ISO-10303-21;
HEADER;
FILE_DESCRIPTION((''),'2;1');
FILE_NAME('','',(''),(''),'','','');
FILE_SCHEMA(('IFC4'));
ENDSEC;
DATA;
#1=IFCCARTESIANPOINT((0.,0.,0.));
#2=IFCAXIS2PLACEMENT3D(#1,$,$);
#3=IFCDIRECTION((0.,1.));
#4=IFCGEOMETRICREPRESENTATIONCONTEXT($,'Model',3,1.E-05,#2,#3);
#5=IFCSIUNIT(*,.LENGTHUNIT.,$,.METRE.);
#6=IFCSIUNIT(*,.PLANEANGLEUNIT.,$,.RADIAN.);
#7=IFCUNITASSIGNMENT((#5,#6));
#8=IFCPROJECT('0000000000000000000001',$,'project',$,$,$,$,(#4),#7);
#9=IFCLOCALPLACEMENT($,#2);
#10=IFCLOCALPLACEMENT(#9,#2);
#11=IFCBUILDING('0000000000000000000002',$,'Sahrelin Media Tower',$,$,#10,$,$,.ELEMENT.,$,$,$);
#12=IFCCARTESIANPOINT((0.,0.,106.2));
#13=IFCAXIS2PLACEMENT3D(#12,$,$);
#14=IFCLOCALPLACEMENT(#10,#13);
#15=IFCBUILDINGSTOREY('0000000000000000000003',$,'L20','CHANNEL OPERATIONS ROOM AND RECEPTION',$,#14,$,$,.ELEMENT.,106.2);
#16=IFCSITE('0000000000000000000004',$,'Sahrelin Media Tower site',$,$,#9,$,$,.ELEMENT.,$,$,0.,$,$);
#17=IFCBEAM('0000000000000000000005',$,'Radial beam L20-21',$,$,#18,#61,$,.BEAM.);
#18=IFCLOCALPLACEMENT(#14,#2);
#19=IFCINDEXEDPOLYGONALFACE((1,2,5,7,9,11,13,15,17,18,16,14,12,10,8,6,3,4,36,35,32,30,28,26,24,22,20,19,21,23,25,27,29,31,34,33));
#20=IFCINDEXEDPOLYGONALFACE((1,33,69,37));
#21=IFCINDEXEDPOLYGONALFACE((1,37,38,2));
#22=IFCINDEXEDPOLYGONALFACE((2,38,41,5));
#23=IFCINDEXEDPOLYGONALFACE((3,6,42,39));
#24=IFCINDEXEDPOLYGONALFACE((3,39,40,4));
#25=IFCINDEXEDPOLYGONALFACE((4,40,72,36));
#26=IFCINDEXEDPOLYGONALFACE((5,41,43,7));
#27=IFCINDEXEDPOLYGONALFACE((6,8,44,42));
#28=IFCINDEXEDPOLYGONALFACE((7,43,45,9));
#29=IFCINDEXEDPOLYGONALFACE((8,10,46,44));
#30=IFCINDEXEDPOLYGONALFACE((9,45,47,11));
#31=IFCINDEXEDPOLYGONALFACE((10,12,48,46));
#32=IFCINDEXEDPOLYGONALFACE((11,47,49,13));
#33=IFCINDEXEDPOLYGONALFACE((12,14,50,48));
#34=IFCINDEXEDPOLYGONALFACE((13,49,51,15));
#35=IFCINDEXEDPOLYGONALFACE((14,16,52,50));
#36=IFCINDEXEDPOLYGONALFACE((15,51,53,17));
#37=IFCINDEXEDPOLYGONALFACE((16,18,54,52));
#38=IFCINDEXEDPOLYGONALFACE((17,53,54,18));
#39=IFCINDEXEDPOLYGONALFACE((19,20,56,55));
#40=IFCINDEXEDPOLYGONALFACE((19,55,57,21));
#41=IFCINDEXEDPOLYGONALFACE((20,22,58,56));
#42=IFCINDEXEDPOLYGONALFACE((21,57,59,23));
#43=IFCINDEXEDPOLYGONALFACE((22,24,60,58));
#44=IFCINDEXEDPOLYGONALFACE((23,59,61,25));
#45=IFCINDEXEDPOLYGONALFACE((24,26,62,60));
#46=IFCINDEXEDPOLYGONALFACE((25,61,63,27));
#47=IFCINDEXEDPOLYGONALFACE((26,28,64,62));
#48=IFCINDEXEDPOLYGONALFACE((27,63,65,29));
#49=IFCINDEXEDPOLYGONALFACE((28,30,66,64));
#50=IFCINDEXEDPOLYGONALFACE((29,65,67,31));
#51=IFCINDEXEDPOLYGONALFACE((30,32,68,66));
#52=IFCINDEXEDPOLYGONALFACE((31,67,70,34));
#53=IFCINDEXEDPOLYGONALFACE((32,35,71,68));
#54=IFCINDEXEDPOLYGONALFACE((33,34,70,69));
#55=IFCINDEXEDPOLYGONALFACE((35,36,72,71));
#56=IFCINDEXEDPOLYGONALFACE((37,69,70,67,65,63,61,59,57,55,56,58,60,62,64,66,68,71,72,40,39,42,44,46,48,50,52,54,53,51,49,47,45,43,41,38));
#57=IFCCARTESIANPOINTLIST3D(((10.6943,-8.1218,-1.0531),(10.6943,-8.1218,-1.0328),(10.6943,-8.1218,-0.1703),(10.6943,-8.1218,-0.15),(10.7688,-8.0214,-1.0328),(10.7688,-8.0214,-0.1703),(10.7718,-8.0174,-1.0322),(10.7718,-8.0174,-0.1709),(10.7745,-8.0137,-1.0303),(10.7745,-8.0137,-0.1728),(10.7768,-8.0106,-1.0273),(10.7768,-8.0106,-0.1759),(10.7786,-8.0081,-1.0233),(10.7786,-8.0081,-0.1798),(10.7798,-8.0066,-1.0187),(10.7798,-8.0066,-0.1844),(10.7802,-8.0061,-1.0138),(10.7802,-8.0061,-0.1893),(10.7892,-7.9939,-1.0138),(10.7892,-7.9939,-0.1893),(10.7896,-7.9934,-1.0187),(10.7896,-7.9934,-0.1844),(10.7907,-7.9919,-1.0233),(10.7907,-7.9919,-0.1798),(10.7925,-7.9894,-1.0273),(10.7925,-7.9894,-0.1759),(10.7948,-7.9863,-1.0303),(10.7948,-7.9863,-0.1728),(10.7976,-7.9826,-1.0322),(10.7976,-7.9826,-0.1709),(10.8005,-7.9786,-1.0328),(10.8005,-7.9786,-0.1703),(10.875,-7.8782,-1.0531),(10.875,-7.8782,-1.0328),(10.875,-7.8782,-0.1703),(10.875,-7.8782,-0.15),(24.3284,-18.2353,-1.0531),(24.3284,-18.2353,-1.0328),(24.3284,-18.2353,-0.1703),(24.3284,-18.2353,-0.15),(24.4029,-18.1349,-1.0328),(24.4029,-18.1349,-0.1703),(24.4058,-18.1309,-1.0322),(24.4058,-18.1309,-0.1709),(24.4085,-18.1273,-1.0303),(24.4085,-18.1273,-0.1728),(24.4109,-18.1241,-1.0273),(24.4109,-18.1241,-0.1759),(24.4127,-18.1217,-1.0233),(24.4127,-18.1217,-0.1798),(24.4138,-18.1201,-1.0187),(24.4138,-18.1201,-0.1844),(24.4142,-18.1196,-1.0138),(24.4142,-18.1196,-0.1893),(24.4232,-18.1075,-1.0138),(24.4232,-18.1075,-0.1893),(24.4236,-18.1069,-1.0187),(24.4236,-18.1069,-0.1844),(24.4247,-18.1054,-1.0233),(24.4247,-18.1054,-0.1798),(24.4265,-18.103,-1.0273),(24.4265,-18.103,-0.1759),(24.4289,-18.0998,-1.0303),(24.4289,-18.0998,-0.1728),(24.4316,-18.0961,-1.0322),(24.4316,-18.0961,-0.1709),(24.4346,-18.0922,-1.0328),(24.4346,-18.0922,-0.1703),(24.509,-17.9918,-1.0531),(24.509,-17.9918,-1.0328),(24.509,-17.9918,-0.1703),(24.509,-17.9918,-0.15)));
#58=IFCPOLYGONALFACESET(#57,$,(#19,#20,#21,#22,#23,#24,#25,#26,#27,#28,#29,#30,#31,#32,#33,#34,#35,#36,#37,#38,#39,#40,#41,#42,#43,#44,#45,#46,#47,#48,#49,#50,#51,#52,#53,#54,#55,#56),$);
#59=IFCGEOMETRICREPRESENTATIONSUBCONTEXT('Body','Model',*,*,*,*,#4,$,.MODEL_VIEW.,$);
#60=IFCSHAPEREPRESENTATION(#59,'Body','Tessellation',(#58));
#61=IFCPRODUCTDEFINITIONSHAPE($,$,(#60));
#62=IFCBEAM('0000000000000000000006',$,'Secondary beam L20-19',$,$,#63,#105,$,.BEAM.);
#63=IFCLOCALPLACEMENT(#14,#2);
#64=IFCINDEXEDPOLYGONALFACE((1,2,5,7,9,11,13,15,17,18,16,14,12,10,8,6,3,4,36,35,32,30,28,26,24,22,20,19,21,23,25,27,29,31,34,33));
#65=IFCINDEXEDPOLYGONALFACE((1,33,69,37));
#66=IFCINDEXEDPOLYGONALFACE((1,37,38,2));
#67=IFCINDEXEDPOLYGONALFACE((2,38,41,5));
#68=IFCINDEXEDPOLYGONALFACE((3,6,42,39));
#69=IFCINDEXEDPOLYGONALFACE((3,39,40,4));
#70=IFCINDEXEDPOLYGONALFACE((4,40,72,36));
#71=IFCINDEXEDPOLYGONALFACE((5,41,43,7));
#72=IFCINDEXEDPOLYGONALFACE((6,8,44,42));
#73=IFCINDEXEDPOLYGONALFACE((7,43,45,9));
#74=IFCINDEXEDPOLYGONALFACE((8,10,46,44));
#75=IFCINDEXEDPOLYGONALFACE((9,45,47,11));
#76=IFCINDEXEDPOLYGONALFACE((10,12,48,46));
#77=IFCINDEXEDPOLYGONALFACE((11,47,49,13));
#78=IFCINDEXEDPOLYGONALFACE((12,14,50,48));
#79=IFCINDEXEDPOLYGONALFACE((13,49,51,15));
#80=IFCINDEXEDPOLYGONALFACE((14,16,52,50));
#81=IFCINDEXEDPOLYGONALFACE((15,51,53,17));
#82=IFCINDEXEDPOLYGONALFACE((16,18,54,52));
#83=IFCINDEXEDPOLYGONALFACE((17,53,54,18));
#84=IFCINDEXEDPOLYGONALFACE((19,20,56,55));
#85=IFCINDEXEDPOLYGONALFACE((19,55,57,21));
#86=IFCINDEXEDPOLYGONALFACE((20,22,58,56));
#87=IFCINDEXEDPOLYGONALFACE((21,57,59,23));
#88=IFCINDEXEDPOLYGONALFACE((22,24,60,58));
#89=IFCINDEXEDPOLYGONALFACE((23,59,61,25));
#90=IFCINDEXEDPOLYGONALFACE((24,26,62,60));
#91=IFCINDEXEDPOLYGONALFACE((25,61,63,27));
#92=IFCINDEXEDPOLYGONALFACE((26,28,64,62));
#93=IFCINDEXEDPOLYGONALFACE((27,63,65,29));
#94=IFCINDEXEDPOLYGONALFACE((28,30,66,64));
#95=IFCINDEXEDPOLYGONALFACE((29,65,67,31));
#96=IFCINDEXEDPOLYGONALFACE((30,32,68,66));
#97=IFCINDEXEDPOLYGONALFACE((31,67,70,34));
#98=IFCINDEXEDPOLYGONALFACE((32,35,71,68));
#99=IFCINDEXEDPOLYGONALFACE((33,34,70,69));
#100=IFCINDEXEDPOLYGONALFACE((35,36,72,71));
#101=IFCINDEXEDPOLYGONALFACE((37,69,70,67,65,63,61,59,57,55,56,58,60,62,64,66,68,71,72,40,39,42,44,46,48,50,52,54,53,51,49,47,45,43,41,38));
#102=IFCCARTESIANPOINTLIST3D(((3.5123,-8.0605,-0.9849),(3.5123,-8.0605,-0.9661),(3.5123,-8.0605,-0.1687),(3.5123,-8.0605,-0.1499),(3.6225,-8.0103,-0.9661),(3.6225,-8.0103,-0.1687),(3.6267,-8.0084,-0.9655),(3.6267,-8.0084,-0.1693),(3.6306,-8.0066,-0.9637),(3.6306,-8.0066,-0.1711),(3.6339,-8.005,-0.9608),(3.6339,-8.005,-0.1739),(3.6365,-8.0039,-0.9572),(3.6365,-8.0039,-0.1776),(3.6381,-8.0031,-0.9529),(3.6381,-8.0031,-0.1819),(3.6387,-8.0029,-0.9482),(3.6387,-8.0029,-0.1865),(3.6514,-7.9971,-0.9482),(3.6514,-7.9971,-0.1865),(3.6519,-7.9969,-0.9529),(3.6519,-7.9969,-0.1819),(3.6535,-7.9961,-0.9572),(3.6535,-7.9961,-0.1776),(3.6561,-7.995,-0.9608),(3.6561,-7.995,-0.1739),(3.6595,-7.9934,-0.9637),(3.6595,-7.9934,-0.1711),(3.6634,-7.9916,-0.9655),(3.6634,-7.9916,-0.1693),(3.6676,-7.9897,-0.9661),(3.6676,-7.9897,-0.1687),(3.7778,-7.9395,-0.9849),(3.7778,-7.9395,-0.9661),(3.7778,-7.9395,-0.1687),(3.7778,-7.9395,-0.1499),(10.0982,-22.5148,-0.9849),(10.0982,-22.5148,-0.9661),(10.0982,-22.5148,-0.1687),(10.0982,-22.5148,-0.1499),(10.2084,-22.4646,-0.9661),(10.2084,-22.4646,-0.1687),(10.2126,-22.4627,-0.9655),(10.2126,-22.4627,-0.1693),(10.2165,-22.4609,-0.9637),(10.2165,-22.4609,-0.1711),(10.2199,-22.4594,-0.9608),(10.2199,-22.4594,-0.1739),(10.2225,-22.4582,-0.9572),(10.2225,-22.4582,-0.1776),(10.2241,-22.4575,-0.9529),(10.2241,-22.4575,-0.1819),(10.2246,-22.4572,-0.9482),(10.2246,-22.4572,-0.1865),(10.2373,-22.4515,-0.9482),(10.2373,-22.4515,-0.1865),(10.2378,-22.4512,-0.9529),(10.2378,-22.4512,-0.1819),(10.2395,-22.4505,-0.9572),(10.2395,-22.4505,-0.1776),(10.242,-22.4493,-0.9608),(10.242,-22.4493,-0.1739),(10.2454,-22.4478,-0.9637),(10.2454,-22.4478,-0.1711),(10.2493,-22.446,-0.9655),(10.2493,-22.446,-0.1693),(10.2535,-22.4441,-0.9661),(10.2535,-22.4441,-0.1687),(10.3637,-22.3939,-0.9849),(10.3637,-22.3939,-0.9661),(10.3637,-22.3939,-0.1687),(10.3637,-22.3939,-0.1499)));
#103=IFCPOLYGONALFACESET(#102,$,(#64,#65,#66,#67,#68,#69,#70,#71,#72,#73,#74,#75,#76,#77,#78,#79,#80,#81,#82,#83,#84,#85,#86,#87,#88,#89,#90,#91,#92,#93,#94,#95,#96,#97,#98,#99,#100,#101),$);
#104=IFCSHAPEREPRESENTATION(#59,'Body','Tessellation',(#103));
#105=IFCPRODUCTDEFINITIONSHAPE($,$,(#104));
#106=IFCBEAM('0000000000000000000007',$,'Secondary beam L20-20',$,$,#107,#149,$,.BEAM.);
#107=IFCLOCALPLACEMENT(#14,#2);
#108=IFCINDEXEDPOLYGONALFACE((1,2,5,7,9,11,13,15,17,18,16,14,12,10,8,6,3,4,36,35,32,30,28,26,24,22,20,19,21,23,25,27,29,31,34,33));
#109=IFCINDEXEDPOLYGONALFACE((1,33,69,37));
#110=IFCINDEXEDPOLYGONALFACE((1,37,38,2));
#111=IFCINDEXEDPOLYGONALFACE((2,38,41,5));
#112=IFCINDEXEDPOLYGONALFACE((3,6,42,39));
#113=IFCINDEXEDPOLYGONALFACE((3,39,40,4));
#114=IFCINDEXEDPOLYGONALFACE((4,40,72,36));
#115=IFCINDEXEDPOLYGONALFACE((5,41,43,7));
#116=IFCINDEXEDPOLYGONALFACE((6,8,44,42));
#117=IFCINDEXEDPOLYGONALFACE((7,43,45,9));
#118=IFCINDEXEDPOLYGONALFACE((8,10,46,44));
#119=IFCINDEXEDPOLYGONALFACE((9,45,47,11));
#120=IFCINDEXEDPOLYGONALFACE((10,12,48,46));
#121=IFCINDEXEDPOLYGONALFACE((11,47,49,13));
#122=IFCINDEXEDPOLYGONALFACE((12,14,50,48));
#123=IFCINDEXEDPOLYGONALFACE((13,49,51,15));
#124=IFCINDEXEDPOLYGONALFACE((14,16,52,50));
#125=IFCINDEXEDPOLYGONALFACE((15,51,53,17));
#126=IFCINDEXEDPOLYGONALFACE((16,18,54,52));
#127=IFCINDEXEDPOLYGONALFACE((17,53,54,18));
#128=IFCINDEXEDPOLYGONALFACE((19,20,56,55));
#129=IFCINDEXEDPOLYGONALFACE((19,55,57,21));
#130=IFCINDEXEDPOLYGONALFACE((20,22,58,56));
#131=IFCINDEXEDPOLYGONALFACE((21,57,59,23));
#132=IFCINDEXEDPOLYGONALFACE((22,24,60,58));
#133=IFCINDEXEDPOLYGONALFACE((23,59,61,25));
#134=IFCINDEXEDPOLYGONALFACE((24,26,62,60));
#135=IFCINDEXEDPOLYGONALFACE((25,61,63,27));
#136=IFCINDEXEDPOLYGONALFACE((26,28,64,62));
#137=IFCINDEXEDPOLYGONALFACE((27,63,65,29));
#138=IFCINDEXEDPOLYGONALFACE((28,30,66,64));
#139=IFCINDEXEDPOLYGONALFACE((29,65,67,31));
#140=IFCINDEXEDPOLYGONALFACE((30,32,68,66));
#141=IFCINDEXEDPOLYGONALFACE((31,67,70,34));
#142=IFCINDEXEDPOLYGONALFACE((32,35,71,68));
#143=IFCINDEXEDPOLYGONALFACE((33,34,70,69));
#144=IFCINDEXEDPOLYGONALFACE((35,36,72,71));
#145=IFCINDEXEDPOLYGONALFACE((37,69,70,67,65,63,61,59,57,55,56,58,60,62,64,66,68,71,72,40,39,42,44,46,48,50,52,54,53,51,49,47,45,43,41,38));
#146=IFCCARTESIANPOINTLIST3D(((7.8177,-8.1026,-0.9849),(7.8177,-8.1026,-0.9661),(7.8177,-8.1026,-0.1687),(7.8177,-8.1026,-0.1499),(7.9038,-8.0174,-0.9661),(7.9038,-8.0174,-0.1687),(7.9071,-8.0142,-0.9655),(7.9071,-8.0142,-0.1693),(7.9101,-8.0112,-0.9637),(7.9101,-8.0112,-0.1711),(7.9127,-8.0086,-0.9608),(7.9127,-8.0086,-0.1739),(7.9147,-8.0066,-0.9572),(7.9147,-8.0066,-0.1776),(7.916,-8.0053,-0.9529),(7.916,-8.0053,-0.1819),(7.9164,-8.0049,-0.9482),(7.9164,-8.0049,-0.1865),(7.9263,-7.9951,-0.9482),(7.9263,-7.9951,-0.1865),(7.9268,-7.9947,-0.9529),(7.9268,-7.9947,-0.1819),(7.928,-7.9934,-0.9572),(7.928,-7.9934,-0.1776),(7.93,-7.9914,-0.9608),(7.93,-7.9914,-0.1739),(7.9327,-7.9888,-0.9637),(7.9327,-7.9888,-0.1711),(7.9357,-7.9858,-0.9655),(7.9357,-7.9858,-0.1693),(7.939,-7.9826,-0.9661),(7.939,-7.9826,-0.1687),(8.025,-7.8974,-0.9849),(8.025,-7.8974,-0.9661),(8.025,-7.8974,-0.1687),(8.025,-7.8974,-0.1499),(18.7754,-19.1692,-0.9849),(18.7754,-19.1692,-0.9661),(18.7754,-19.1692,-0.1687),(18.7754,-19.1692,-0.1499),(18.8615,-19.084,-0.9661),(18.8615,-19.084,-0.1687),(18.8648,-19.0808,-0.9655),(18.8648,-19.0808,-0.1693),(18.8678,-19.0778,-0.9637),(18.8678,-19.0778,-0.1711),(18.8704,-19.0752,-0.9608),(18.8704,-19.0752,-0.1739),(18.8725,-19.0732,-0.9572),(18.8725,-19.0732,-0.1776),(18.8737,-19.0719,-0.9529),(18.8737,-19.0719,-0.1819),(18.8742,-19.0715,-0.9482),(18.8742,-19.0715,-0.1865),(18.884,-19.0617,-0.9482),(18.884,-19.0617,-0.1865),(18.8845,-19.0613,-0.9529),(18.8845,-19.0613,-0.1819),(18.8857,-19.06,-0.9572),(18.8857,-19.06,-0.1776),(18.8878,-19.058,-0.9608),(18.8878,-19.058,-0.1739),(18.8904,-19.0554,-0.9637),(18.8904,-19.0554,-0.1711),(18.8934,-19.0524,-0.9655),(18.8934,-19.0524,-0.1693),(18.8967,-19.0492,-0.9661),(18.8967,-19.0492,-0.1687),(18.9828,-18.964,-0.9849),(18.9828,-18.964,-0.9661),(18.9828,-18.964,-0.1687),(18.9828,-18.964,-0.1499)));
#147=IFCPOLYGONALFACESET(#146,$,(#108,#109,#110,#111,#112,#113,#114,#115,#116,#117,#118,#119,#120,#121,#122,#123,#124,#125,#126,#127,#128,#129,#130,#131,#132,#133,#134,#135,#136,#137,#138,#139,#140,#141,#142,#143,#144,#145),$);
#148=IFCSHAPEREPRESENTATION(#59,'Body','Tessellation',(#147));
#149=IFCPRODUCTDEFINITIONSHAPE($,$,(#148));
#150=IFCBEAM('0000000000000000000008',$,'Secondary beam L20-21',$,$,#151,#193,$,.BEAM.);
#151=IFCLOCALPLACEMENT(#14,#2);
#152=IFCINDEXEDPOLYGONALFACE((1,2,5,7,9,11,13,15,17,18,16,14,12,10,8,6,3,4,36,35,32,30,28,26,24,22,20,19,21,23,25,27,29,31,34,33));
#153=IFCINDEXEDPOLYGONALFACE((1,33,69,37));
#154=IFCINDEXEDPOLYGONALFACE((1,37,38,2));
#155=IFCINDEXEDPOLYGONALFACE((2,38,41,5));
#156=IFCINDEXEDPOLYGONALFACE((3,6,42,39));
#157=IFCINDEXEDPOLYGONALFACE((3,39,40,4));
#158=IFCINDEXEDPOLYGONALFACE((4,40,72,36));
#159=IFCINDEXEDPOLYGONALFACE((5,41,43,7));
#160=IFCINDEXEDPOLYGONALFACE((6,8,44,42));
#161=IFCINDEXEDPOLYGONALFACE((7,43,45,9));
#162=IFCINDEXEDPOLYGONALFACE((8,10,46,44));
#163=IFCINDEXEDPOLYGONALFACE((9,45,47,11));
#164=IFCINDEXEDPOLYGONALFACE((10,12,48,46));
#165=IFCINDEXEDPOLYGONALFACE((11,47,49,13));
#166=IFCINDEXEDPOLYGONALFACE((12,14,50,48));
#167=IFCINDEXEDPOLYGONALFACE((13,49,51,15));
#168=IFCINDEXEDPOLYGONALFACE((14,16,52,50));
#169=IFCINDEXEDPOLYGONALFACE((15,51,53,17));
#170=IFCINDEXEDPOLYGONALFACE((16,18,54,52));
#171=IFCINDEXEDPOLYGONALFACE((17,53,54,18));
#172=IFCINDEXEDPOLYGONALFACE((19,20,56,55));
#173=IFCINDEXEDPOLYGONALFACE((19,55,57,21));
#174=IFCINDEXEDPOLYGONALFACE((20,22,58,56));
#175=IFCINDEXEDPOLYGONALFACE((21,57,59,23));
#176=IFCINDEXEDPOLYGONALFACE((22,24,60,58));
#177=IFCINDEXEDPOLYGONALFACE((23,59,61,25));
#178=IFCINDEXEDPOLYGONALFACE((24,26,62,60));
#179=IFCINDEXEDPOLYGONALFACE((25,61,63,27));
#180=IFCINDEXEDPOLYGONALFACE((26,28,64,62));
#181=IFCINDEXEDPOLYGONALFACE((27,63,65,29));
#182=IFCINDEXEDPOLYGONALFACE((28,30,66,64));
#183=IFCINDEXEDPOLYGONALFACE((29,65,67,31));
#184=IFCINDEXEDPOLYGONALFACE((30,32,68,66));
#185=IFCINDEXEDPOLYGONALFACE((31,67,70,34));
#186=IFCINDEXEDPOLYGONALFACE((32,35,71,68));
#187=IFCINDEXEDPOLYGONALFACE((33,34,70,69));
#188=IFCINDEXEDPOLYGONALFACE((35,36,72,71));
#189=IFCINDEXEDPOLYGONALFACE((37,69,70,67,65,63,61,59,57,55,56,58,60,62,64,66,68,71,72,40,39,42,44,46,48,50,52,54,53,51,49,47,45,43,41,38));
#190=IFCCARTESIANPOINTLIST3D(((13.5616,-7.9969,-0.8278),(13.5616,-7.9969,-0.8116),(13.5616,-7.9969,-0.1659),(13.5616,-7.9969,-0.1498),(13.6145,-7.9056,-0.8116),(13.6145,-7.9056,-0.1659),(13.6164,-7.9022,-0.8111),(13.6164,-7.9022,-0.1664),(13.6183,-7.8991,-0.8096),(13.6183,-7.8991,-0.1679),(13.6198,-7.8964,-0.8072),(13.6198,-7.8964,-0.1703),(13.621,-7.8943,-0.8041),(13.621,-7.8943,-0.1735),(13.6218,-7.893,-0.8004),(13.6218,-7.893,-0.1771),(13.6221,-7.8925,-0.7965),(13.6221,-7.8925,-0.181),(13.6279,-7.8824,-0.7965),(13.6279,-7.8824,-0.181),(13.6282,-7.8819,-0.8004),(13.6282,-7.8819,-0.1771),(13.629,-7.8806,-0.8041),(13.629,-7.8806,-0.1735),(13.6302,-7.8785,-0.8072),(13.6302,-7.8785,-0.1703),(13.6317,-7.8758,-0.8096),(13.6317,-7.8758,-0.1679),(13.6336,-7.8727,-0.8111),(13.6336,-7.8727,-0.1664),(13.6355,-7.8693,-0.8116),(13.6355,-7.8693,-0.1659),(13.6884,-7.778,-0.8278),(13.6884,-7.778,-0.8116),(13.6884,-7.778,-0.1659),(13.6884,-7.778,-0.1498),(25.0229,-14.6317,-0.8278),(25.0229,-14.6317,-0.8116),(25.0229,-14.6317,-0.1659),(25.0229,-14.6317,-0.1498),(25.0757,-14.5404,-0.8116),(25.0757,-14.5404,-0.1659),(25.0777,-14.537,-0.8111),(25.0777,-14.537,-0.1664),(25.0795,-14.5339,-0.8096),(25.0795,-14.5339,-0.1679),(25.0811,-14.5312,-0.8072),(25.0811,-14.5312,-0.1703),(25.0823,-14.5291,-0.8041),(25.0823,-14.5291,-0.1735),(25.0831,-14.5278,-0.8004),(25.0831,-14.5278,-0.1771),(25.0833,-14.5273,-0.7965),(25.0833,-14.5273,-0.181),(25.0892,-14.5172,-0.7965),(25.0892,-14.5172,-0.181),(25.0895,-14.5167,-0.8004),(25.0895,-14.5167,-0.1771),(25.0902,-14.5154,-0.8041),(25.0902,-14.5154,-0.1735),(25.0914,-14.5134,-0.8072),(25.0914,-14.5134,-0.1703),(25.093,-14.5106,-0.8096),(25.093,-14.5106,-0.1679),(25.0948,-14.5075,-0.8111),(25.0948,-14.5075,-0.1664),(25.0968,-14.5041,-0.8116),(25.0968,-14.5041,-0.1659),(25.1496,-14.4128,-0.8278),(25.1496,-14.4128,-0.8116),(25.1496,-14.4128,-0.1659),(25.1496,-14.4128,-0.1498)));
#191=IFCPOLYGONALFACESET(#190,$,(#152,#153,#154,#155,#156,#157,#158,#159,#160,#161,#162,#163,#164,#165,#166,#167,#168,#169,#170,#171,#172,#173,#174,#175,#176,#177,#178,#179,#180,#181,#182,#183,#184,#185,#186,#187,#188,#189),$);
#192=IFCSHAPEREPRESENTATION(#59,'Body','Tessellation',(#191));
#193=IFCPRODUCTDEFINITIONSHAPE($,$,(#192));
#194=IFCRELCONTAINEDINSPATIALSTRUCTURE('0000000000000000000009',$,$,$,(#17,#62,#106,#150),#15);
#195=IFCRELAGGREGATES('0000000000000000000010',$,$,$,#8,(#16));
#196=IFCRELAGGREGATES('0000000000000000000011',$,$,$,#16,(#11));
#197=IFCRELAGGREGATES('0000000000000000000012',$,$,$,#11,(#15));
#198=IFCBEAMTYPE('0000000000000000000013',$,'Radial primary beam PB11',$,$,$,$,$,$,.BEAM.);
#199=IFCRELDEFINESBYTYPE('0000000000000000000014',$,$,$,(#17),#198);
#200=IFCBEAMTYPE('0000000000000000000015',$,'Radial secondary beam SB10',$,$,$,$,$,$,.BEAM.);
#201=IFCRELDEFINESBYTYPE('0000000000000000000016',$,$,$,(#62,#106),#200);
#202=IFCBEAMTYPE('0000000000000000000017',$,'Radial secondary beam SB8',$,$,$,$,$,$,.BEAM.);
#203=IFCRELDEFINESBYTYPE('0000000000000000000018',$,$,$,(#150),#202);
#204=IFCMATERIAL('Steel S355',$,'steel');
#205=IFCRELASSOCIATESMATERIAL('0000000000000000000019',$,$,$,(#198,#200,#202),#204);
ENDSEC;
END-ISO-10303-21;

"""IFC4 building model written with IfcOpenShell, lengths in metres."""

from ifc_helpers import new_model, si_unit, direction, frame, origin, origin_2d, place, context, subcontext, project, spatial, i_section, extrude, material, material_profile, profile_set, type_object, element, save


model = new_model("IFC4")

# Units and contexts
model_context = context("Model", 3, precision=1e-05, world=origin(), true_north=direction((0.0, 1.0)))
body_context = subcontext(model_context, "Body", "Model", "MODEL_VIEW")
ifc_project = project(units=[si_unit("LENGTHUNIT", "METRE"), si_unit("PLANEANGLEUNIT", "RADIAN")], contexts=[model_context])

# Site, building, storey
site_placement = place(None, origin())
site = spatial("IfcSite", under=ifc_project, at=site_placement, Name="Sahrelin Media Tower site", CompositionType="ELEMENT", RefElevation=0.0)
building_placement = place(site_placement, origin())
building = spatial("IfcBuilding", under=site, at=building_placement, Name="Sahrelin Media Tower", CompositionType="ELEMENT")
storey_placement = place(building_placement, frame((0.0, 0.0, 106.2)))
storey = spatial("IfcBuildingStorey", under=building, at=storey_placement, Name="L20", Description="CHANNEL OPERATIONS ROOM AND RECEPTION", CompositionType="ELEMENT", Elevation=106.2)

# Shared definitions
ifc_material_1 = material(Name="Steel S355", Category="steel")

# Beams
ifc_material_profile_1 = material_profile(ifc_material_1, i_section(OverallWidth=0.3032, OverallDepth=0.9031, WebThickness=0.0151, FlangeThickness=0.0203, FilletRadius=0.019, at=origin_2d()), Name="UB 914x305x201")
ifc_profile_set_1 = profile_set([ifc_material_profile_1], Name="Steel S355")
beam_type_1 = type_object("IfcBeamType", Name="Radial primary beam PB11", PredefinedType="BEAM", material=ifc_profile_set_1)
beam_1_placement = place(storey_placement, frame((10.7847, -8.0, -0.6016), z_axis=(0.803156, -0.595769, 0.0), x_axis=(0.595769, 0.803156, 0.0)))
element("IfcBeam", 1, at=beam_1_placement, inside=storey, type_object=beam_type_1, Name="Radial beam L20-21", PredefinedType="BEAM", context=body_context, shape_type="SweptSolid", body=[
    extrude(i_section(OverallWidth=0.3032, OverallDepth=0.9031, WebThickness=0.0151, FlangeThickness=0.0203, FilletRadius=0.019, at=origin_2d()), origin(), (0.0, 0.0, 1.0), 16.9756),
])
ifc_material_profile_2 = material_profile(ifc_material_1, i_section(OverallWidth=0.2917, OverallDepth=0.835, WebThickness=0.0139, FlangeThickness=0.0188, FilletRadius=0.0178, at=origin_2d()), Name="UB 838x292x176")
ifc_profile_set_2 = profile_set([ifc_material_profile_2], Name="Steel S355")
beam_type_2 = type_object("IfcBeamType", Name="Radial secondary beam SB10", PredefinedType="BEAM", material=ifc_profile_set_2)
beam_2_placement = place(storey_placement, frame((3.645, -8.0, -0.5674), z_axis=(0.414626, -0.909992, 0.0), x_axis=(0.909992, 0.414626, 0.0)))
element("IfcBeam", 2, at=beam_2_placement, inside=storey, type_object=beam_type_2, Name="Secondary beam L20-19", PredefinedType="BEAM", context=body_context, shape_type="SweptSolid", body=[
    extrude(i_section(OverallWidth=0.2917, OverallDepth=0.835, WebThickness=0.0139, FlangeThickness=0.0188, FilletRadius=0.0178, at=origin_2d()), origin(), (0.0, 0.0, 1.0), 15.884),
])
beam_3_placement = place(storey_placement, frame((7.9214, -8.0, -0.5674), z_axis=(0.703602, -0.710594, 0.0), x_axis=(0.710594, 0.703602, 0.0)))
element("IfcBeam", 3, at=beam_3_placement, inside=storey, type_object=beam_type_2, Name="Secondary beam L20-20", PredefinedType="BEAM", context=body_context, shape_type="SweptSolid", body=[
    extrude(i_section(OverallWidth=0.2917, OverallDepth=0.835, WebThickness=0.0139, FlangeThickness=0.0188, FilletRadius=0.0178, at=origin_2d()), origin(), (0.0, 0.0, 1.0), 15.5737),
])
ifc_material_profile_3 = material_profile(ifc_material_1, i_section(OverallWidth=0.2529, OverallDepth=0.678, WebThickness=0.0117, FlangeThickness=0.0161, FilletRadius=0.0151, at=origin_2d()), Name="UB 686x254x125")
ifc_profile_set_3 = profile_set([ifc_material_profile_3], Name="Steel S355")
beam_type_3 = type_object("IfcBeamType", Name="Radial secondary beam SB8", PredefinedType="BEAM", material=ifc_profile_set_3)
beam_4_placement = place(storey_placement, frame((13.625, -7.8875, -0.4888), z_axis=(0.865448, -0.500999, 0.0), x_axis=(0.500999, 0.865448, 0.0)))
element("IfcBeam", 4, at=beam_4_placement, inside=storey, type_object=beam_type_3, Name="Secondary beam L20-21", PredefinedType="BEAM", context=body_context, shape_type="SweptSolid", body=[
    extrude(i_section(OverallWidth=0.2529, OverallDepth=0.678, WebThickness=0.0117, FlangeThickness=0.0161, FilletRadius=0.0151, at=origin_2d()), origin(), (0.0, 0.0, 1.0), 13.2432),
])

save(model, "model.ifc")
